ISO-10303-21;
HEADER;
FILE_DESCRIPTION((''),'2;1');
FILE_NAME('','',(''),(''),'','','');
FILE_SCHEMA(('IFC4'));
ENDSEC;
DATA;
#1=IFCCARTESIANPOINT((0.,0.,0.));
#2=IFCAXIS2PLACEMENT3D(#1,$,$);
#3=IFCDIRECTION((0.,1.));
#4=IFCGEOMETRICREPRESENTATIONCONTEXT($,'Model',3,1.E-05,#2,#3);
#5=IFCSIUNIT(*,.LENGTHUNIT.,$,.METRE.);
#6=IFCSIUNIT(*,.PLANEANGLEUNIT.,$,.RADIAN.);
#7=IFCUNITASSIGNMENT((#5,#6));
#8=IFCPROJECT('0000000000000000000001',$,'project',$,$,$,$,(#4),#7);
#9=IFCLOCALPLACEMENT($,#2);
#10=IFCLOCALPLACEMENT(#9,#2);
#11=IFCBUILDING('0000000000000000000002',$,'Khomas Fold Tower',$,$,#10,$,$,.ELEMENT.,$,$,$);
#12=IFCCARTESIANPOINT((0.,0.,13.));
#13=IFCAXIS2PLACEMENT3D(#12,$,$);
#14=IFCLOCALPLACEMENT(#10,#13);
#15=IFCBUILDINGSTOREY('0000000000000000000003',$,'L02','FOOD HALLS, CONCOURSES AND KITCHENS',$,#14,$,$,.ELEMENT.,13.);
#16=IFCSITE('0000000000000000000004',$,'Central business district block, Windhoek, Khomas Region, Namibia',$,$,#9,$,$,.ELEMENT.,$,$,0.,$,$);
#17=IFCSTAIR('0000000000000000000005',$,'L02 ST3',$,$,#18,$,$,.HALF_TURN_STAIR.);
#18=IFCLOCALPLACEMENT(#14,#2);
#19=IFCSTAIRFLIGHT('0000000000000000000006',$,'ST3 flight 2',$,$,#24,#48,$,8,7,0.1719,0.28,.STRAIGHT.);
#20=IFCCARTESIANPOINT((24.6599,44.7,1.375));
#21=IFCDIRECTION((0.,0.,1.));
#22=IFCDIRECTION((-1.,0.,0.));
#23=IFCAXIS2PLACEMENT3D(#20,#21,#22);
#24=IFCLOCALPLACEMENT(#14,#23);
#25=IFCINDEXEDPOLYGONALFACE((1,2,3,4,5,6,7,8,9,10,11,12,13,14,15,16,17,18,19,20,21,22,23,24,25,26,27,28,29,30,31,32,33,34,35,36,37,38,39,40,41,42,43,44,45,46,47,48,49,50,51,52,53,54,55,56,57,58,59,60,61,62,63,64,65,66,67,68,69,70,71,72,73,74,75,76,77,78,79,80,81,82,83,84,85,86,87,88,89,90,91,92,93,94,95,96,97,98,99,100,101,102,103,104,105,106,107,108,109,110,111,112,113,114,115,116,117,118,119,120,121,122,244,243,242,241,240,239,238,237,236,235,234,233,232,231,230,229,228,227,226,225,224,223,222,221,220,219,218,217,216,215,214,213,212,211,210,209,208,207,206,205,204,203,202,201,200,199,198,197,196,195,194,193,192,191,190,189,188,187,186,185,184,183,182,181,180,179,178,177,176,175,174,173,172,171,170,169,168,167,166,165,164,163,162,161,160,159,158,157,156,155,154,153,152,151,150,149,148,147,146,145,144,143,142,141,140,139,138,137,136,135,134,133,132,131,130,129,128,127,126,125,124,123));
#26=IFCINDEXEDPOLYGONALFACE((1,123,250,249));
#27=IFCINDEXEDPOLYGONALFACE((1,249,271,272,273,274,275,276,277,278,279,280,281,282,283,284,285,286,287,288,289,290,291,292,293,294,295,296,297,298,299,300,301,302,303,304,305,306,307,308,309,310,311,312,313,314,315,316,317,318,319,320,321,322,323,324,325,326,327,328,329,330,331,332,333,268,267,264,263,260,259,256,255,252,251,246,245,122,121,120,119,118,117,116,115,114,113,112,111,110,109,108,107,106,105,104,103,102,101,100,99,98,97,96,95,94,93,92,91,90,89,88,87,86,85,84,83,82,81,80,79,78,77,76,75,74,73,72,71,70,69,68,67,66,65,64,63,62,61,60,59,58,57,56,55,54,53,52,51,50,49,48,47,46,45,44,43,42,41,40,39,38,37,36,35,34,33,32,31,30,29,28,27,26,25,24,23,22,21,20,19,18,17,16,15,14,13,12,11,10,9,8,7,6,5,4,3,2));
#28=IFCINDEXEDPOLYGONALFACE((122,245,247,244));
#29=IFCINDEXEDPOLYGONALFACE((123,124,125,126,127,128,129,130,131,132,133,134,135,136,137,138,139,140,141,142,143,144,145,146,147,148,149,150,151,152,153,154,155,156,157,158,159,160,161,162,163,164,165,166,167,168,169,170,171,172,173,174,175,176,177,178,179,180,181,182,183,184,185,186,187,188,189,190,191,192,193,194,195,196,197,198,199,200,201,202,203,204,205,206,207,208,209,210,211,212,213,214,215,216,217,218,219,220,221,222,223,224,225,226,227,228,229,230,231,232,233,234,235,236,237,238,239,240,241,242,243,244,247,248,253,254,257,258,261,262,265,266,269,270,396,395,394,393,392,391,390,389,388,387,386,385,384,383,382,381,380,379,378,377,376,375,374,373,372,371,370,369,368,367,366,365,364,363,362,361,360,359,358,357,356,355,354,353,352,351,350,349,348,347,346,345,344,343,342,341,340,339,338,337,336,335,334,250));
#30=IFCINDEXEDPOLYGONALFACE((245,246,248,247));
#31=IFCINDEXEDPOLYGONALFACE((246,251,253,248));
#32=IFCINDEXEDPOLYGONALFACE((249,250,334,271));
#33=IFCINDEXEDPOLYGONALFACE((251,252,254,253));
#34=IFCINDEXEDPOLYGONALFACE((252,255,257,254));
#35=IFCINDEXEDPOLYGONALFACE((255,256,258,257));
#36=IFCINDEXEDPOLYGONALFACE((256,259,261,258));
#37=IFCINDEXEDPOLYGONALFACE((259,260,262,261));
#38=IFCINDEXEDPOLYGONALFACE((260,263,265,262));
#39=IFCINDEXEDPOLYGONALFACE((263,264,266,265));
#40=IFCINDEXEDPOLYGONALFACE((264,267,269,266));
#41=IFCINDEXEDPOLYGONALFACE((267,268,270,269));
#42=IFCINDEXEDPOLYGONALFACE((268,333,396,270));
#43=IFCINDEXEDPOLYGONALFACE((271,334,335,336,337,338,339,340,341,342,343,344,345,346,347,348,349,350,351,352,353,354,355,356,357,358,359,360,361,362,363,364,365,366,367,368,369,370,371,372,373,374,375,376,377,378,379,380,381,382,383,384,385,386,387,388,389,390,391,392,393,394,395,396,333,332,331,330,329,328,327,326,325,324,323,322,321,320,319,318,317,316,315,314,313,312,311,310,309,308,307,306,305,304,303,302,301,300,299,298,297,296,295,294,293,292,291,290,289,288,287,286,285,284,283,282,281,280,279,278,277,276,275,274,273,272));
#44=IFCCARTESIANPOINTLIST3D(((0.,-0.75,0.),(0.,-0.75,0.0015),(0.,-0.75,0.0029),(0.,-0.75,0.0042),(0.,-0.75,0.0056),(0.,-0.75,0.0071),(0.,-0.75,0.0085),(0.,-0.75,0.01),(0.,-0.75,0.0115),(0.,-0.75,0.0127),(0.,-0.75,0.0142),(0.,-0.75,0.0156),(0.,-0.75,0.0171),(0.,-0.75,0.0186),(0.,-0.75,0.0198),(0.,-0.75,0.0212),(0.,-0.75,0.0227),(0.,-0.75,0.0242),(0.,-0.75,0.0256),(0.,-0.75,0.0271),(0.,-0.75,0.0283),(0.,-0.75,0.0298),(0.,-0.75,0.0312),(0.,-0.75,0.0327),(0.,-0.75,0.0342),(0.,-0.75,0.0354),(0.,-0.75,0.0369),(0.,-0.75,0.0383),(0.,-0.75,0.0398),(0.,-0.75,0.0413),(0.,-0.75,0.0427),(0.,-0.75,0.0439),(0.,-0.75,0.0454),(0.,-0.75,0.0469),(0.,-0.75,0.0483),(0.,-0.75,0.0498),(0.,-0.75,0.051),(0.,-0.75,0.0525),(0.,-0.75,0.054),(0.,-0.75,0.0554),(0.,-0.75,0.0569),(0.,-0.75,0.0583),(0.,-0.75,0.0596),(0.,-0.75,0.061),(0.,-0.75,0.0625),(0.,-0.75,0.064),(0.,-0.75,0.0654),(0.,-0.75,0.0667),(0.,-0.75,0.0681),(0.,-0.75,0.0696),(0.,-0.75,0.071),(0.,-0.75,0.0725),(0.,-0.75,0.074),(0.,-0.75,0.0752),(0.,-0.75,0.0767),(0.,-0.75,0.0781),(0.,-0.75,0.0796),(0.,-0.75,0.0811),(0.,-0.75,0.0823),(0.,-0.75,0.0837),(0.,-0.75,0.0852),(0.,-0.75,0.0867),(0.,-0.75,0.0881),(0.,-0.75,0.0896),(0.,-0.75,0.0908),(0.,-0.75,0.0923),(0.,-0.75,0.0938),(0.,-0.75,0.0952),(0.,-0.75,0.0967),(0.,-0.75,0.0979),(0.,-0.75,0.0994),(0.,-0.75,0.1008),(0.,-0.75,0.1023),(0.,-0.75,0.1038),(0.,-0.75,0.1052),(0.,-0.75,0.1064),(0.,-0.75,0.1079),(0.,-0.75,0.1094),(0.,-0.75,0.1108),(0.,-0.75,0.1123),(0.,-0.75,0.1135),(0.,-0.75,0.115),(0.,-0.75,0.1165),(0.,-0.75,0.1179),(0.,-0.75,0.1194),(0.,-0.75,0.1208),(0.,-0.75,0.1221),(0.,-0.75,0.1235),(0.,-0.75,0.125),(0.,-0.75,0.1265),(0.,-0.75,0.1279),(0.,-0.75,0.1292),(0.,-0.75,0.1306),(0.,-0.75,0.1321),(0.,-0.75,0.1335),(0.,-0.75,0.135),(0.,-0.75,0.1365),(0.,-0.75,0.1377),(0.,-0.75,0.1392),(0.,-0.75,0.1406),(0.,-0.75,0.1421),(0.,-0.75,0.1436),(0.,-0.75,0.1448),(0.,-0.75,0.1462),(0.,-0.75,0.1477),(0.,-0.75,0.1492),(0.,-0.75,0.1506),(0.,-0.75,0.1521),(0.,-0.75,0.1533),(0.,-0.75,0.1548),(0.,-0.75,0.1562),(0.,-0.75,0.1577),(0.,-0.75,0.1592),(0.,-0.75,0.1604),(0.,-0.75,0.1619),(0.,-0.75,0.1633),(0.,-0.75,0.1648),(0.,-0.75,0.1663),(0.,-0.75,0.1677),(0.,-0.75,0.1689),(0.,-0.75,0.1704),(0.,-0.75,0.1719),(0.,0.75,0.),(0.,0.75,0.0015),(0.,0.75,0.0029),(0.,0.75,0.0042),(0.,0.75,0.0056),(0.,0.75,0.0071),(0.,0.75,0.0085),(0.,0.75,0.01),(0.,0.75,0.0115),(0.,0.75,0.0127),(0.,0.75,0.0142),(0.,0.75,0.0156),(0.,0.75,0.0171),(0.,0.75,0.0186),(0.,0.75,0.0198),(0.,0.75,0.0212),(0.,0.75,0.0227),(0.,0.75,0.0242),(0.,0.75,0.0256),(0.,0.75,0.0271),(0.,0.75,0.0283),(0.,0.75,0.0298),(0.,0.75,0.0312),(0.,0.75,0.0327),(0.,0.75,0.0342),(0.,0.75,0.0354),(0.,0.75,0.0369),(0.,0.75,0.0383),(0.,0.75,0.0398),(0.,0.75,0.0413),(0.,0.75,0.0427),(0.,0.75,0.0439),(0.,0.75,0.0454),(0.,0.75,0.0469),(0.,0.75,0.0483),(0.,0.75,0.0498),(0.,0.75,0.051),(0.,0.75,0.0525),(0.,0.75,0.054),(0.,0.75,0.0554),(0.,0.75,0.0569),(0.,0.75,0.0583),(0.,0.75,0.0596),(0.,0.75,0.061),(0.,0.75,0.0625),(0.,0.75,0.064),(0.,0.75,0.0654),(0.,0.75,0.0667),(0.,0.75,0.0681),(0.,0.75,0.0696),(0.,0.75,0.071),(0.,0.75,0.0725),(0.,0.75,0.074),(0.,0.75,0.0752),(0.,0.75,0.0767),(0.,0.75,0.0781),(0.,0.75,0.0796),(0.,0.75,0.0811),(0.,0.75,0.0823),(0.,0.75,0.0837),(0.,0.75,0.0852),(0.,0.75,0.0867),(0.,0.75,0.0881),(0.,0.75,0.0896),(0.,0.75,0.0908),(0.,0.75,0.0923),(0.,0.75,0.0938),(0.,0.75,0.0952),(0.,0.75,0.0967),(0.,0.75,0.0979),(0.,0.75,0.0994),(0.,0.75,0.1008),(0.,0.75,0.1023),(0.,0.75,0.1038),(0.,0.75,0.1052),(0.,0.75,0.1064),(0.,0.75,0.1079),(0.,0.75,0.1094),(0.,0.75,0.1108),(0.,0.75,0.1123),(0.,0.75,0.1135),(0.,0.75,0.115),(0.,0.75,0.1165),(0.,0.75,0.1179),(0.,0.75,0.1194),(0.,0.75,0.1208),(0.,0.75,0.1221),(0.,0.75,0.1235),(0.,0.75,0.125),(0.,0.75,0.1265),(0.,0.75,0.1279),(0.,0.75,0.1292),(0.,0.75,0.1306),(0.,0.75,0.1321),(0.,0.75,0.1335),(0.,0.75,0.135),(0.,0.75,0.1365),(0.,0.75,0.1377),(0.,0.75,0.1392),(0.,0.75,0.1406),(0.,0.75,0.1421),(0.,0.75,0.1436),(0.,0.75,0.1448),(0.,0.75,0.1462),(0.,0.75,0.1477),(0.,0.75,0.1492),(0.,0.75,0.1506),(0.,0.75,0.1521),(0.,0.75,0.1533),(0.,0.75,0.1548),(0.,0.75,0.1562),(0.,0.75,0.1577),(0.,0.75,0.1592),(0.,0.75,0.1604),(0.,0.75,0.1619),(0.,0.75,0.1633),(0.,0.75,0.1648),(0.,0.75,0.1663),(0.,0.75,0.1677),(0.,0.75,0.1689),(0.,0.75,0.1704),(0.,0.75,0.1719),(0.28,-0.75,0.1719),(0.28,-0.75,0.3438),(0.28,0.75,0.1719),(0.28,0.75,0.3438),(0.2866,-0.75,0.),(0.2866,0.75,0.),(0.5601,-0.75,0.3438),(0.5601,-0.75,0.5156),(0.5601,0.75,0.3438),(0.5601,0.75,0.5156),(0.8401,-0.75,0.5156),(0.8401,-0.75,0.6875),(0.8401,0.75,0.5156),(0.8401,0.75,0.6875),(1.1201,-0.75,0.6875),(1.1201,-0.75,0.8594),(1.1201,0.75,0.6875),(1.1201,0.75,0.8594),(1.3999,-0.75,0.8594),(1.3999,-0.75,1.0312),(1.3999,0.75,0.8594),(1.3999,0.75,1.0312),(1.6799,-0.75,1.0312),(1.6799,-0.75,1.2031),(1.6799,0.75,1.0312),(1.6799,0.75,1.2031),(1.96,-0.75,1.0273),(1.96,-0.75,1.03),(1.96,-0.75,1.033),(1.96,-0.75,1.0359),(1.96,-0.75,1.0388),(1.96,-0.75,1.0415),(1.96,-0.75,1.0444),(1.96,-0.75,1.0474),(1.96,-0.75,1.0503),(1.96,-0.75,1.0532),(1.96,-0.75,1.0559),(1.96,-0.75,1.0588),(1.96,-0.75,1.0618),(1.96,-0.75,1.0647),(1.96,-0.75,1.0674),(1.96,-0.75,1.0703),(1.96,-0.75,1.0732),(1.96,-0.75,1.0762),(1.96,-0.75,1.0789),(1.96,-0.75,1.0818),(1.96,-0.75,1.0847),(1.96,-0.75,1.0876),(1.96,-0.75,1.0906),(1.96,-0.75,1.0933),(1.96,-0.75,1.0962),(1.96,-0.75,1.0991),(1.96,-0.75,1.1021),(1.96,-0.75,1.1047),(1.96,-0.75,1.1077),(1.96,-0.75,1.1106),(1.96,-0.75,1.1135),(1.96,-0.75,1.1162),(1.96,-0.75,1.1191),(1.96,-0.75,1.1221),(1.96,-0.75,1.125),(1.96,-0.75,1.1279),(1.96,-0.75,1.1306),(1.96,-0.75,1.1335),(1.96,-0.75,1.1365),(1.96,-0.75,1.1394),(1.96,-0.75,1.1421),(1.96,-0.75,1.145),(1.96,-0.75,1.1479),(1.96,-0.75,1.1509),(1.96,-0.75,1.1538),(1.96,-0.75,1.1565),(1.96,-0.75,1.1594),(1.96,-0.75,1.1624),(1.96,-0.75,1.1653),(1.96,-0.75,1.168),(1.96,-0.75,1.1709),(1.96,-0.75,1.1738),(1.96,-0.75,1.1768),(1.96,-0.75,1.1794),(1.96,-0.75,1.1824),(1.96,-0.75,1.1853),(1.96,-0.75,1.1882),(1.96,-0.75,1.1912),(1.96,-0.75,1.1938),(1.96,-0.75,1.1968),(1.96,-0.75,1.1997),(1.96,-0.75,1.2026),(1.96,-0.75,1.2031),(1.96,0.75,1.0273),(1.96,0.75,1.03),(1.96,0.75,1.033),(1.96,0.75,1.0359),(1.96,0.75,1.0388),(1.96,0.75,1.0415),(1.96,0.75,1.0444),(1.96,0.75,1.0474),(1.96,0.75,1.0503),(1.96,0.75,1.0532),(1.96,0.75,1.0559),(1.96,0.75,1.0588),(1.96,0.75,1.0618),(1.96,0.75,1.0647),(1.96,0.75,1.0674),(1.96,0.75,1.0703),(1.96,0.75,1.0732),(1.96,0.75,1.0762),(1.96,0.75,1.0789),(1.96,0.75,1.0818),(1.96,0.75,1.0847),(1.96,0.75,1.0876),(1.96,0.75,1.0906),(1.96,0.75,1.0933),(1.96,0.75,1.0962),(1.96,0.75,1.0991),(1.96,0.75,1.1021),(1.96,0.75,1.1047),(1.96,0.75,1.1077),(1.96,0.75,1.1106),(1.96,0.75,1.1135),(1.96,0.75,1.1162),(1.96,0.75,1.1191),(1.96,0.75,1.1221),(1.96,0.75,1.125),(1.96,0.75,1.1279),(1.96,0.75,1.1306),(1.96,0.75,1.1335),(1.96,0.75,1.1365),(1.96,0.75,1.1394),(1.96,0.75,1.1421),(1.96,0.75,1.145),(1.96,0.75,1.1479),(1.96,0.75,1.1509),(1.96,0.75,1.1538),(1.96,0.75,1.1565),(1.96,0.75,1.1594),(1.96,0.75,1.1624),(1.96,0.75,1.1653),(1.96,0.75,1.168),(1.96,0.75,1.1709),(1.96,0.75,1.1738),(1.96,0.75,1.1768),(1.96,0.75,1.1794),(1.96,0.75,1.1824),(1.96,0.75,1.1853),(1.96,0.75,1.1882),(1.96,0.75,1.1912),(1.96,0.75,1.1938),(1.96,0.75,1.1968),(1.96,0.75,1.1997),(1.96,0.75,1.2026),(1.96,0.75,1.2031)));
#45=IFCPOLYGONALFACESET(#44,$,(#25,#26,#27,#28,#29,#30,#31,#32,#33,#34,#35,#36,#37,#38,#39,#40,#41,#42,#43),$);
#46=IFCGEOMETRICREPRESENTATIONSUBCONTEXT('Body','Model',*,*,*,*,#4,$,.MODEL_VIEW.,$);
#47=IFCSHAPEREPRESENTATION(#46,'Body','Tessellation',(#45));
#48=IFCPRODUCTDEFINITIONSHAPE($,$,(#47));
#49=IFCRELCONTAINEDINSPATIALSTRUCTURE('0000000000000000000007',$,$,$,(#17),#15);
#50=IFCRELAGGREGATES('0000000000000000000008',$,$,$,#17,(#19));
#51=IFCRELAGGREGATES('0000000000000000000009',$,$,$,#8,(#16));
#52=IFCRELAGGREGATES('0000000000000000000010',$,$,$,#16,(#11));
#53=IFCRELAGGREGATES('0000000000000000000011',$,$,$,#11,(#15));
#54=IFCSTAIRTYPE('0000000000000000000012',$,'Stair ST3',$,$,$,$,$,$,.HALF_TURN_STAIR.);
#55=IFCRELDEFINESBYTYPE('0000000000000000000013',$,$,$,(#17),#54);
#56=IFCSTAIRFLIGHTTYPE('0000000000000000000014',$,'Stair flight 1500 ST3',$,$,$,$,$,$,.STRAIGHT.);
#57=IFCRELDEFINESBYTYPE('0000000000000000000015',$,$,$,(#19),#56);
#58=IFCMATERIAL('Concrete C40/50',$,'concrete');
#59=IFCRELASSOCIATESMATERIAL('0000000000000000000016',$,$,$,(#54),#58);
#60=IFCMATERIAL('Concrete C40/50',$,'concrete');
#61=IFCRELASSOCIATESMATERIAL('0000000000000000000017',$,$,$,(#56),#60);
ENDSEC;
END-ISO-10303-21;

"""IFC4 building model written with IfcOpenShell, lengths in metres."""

from ifc_helpers import new_model, si_unit, direction, frame, origin, place, context, subcontext, project, spatial, polyline, outline, extrude, source, transform, mapped, material, type_object, element, aggregate, save


model = new_model("IFC4")

# Units and contexts
model_context = context("Model", 3, precision=1e-05, world=origin(), true_north=direction((0.0, 1.0)))
body_context = subcontext(model_context, "Body", "Model", "MODEL_VIEW")
ifc_project = project(units=[si_unit("LENGTHUNIT", "METRE"), si_unit("PLANEANGLEUNIT", "RADIAN")], contexts=[model_context])

# Site, building, storey
site_placement = place(None, origin())
site = spatial("IfcSite", under=ifc_project, at=site_placement, Name="Central business district block, Windhoek, Khomas Region, Namibia", CompositionType="ELEMENT", RefElevation=0.0)
building_placement = place(site_placement, origin())
building = spatial("IfcBuilding", under=site, at=building_placement, Name="Khomas Fold Tower", CompositionType="ELEMENT")
storey_placement = place(building_placement, frame((0.0, 0.0, 13.0)))
storey = spatial("IfcBuildingStorey", under=building, at=storey_placement, Name="L02", Description="FOOD HALLS, CONCOURSES AND KITCHENS", CompositionType="ELEMENT", Elevation=13.0)

# Stair, stair flight
shared_shape_1 = source(origin(), body_context, "Body", "SweptSolid", [
    extrude(outline(polyline([(0.0, 0.0), (0.0, 0.0015), (0.0, 0.0029), (0.0, 0.0042), (0.0, 0.0056), (0.0, 0.0071), (0.0, 0.0085), (0.0, 0.01), (0.0, 0.0115), (0.0, 0.0127), (0.0, 0.0142), (0.0, 0.0156), (0.0, 0.0171), (0.0, 0.0186), (0.0, 0.0198), (0.0, 0.0212), (0.0, 0.0227), (0.0, 0.0242), (0.0, 0.0256), (0.0, 0.0271), (0.0, 0.0283), (0.0, 0.0298), (0.0, 0.0312), (0.0, 0.0327), (0.0, 0.0342), (0.0, 0.0354), (0.0, 0.0369), (0.0, 0.0383), (0.0, 0.0398), (0.0, 0.0413), (0.0, 0.0427), (0.0, 0.0439), (0.0, 0.0454), (0.0, 0.0469), (0.0, 0.0483), (0.0, 0.0498), (0.0, 0.051), (0.0, 0.0525), (0.0, 0.054), (0.0, 0.0554), (0.0, 0.0569), (0.0, 0.0583), (0.0, 0.0596), (0.0, 0.061), (0.0, 0.0625), (0.0, 0.064), (0.0, 0.0654), (0.0, 0.0667), (0.0, 0.0681), (0.0, 0.0696), (0.0, 0.071), (0.0, 0.0725), (0.0, 0.074), (0.0, 0.0752), (0.0, 0.0767), (0.0, 0.0781), (0.0, 0.0796), (0.0, 0.0811), (0.0, 0.0823), (0.0, 0.0837), (0.0, 0.0852), (0.0, 0.0867), (0.0, 0.0881), (0.0, 0.0896), (0.0, 0.0908), (0.0, 0.0923), (0.0, 0.0938), (0.0, 0.0952), (0.0, 0.0967), (0.0, 0.0979), (0.0, 0.0994), (0.0, 0.1008), (0.0, 0.1023), (0.0, 0.1038), (0.0, 0.1052), (0.0, 0.1064), (0.0, 0.1079), (0.0, 0.1094), (0.0, 0.1108), (0.0, 0.1123), (0.0, 0.1135), (0.0, 0.115), (0.0, 0.1165), (0.0, 0.1179), (0.0, 0.1194), (0.0, 0.1208), (0.0, 0.1221), (0.0, 0.1235), (0.0, 0.125), (0.0, 0.1265), (0.0, 0.1279), (0.0, 0.1292), (0.0, 0.1306), (0.0, 0.1321), (0.0, 0.1335), (0.0, 0.135), (0.0, 0.1365), (0.0, 0.1377), (0.0, 0.1392), (0.0, 0.1406), (0.0, 0.1421), (0.0, 0.1436), (0.0, 0.1448), (0.0, 0.1462), (0.0, 0.1477), (0.0, 0.1492), (0.0, 0.1506), (0.0, 0.1521), (0.0, 0.1533), (0.0, 0.1548), (0.0, 0.1562), (0.0, 0.1577), (0.0, 0.1592), (0.0, 0.1604), (0.0, 0.1619), (0.0, 0.1633), (0.0, 0.1648), (0.0, 0.1663), (0.0, 0.1677), (0.0, 0.1689), (0.0, 0.1704), (0.0, 0.1719), (0.28, 0.1719), (0.28, 0.3438), (0.5601, 0.3438), (0.5601, 0.5156), (0.8401, 0.5156), (0.8401, 0.6875), (1.1201, 0.6875), (1.1201, 0.8594), (1.3999, 0.8594), (1.3999, 1.0312), (1.6799, 1.0312), (1.6799, 1.2031), (1.96, 1.2031), (1.96, 1.375), (1.96, 1.3721), (1.96, 1.3691), (1.96, 1.3665), (1.96, 1.3635), (1.96, 1.3606), (1.96, 1.3577), (1.96, 1.355), (1.96, 1.3521), (1.96, 1.3491), (1.96, 1.3462), (1.96, 1.3435), (1.96, 1.3406), (1.96, 1.3376), (1.96, 1.3347), (1.96, 1.3318), (1.96, 1.3291), (1.96, 1.3262), (1.96, 1.3232), (1.96, 1.3203), (1.96, 1.3176), (1.96, 1.3147), (1.96, 1.3118), (1.96, 1.3088), (1.96, 1.3059), (1.96, 1.3032), (1.96, 1.3003), (1.96, 1.2974), (1.96, 1.2944), (1.96, 1.2917), (1.96, 1.2888), (1.96, 1.2859), (1.96, 1.283), (1.96, 1.2803), (1.96, 1.2773), (1.96, 1.2744), (1.96, 1.2715), (1.96, 1.2686), (1.96, 1.2659), (1.96, 1.2629), (1.96, 1.26), (1.96, 1.2571), (1.96, 1.2544), (1.96, 1.2515), (1.96, 1.2485), (1.96, 1.2456), (1.96, 1.2427), (1.96, 1.24), (1.96, 1.2371), (1.96, 1.2341), (1.96, 1.2312), (1.96, 1.2285), (1.96, 1.2256), (1.96, 1.2227), (1.96, 1.2197), (1.96, 1.217), (1.96, 1.2141), (1.96, 1.2112), (1.96, 1.2083), (1.96, 1.2053), (1.96, 1.2026), (1.96, 1.1997), (1.96, 1.1968), (1.96, 1.1938), (1.96, 1.1912), (1.96, 1.1882), (1.96, 1.1853), (1.96, 1.1824), (1.96, 1.1794), (1.96, 1.1768), (1.96, 1.1738), (1.96, 1.1709), (1.96, 1.168), (1.96, 1.1653), (1.96, 1.1624), (1.96, 1.1594), (1.96, 1.1565), (1.96, 1.1538), (1.96, 1.1509), (1.96, 1.1479), (1.96, 1.145), (1.96, 1.1421), (1.96, 1.1394), (1.96, 1.1365), (1.96, 1.1335), (1.96, 1.1306), (1.96, 1.1279), (1.96, 1.125), (1.96, 1.1221), (1.96, 1.1191), (1.96, 1.1162), (1.96, 1.1135), (1.96, 1.1106), (1.96, 1.1077), (1.96, 1.1047), (1.96, 1.1021), (1.96, 1.0991), (1.96, 1.0962), (1.96, 1.0933), (1.96, 1.0906), (1.96, 1.0876), (1.96, 1.0847), (1.96, 1.0818), (1.96, 1.0789), (1.96, 1.0762), (1.96, 1.0732), (1.96, 1.0703), (1.96, 1.0674), (1.96, 1.0647), (1.96, 1.0618), (1.96, 1.0588), (1.96, 1.0559), (1.96, 1.0532), (1.96, 1.0503), (1.96, 1.0474), (1.96, 1.0444), (1.96, 1.0415), (1.96, 1.0388), (1.96, 1.0359), (1.96, 1.033), (1.96, 1.03), (1.96, 1.0273), (0.2866, 0.0), (0.0, 0.0)])), frame((0.0, 0.75, 0.0), z_axis=(0.0, -1.0, 0.0), x_axis=(1.0, 0.0, 0.0)), (0.0, 0.0, 1.0), 1.5),
])
ifc_material_1 = material(Name="Concrete C40/50", Category="concrete")
stair_type_1 = type_object("IfcStairType", Name="Stair ST3", PredefinedType="HALF_TURN_STAIR", material=ifc_material_1)
stair_1_placement = place(storey_placement, origin())
stair_1 = element("IfcStair", 1, at=stair_1_placement, inside=storey, type_object=stair_type_1, Name="L02 ST3", PredefinedType="HALF_TURN_STAIR")
ifc_material_2 = material(Name="Concrete C40/50", Category="concrete")
stair_flight_type_1 = type_object("IfcStairFlightType", Name="Stair flight 1500 ST3", PredefinedType="STRAIGHT", material=ifc_material_2)
stair_flight_1_placement = place(storey_placement, frame((24.6599, 44.7, 1.375), z_axis=(0.0, 0.0, 1.0), x_axis=(-1.0, 0.0, 0.0)))
stair_flight_1 = element("IfcStairFlight", 2, at=stair_flight_1_placement, type_object=stair_flight_type_1, Name="ST3 flight 2", NumberOfRisers=8, NumberOfTreads=7, PredefinedType="STRAIGHT", RiserHeight=0.1719, TreadLength=0.28, context=body_context, shape_type="MappedRepresentation", body=[
    mapped(shared_shape_1, transform((0.0, 0.0, 0.0))),
])
aggregate(stair_1, [stair_flight_1])

save(model, "model.ifc")
